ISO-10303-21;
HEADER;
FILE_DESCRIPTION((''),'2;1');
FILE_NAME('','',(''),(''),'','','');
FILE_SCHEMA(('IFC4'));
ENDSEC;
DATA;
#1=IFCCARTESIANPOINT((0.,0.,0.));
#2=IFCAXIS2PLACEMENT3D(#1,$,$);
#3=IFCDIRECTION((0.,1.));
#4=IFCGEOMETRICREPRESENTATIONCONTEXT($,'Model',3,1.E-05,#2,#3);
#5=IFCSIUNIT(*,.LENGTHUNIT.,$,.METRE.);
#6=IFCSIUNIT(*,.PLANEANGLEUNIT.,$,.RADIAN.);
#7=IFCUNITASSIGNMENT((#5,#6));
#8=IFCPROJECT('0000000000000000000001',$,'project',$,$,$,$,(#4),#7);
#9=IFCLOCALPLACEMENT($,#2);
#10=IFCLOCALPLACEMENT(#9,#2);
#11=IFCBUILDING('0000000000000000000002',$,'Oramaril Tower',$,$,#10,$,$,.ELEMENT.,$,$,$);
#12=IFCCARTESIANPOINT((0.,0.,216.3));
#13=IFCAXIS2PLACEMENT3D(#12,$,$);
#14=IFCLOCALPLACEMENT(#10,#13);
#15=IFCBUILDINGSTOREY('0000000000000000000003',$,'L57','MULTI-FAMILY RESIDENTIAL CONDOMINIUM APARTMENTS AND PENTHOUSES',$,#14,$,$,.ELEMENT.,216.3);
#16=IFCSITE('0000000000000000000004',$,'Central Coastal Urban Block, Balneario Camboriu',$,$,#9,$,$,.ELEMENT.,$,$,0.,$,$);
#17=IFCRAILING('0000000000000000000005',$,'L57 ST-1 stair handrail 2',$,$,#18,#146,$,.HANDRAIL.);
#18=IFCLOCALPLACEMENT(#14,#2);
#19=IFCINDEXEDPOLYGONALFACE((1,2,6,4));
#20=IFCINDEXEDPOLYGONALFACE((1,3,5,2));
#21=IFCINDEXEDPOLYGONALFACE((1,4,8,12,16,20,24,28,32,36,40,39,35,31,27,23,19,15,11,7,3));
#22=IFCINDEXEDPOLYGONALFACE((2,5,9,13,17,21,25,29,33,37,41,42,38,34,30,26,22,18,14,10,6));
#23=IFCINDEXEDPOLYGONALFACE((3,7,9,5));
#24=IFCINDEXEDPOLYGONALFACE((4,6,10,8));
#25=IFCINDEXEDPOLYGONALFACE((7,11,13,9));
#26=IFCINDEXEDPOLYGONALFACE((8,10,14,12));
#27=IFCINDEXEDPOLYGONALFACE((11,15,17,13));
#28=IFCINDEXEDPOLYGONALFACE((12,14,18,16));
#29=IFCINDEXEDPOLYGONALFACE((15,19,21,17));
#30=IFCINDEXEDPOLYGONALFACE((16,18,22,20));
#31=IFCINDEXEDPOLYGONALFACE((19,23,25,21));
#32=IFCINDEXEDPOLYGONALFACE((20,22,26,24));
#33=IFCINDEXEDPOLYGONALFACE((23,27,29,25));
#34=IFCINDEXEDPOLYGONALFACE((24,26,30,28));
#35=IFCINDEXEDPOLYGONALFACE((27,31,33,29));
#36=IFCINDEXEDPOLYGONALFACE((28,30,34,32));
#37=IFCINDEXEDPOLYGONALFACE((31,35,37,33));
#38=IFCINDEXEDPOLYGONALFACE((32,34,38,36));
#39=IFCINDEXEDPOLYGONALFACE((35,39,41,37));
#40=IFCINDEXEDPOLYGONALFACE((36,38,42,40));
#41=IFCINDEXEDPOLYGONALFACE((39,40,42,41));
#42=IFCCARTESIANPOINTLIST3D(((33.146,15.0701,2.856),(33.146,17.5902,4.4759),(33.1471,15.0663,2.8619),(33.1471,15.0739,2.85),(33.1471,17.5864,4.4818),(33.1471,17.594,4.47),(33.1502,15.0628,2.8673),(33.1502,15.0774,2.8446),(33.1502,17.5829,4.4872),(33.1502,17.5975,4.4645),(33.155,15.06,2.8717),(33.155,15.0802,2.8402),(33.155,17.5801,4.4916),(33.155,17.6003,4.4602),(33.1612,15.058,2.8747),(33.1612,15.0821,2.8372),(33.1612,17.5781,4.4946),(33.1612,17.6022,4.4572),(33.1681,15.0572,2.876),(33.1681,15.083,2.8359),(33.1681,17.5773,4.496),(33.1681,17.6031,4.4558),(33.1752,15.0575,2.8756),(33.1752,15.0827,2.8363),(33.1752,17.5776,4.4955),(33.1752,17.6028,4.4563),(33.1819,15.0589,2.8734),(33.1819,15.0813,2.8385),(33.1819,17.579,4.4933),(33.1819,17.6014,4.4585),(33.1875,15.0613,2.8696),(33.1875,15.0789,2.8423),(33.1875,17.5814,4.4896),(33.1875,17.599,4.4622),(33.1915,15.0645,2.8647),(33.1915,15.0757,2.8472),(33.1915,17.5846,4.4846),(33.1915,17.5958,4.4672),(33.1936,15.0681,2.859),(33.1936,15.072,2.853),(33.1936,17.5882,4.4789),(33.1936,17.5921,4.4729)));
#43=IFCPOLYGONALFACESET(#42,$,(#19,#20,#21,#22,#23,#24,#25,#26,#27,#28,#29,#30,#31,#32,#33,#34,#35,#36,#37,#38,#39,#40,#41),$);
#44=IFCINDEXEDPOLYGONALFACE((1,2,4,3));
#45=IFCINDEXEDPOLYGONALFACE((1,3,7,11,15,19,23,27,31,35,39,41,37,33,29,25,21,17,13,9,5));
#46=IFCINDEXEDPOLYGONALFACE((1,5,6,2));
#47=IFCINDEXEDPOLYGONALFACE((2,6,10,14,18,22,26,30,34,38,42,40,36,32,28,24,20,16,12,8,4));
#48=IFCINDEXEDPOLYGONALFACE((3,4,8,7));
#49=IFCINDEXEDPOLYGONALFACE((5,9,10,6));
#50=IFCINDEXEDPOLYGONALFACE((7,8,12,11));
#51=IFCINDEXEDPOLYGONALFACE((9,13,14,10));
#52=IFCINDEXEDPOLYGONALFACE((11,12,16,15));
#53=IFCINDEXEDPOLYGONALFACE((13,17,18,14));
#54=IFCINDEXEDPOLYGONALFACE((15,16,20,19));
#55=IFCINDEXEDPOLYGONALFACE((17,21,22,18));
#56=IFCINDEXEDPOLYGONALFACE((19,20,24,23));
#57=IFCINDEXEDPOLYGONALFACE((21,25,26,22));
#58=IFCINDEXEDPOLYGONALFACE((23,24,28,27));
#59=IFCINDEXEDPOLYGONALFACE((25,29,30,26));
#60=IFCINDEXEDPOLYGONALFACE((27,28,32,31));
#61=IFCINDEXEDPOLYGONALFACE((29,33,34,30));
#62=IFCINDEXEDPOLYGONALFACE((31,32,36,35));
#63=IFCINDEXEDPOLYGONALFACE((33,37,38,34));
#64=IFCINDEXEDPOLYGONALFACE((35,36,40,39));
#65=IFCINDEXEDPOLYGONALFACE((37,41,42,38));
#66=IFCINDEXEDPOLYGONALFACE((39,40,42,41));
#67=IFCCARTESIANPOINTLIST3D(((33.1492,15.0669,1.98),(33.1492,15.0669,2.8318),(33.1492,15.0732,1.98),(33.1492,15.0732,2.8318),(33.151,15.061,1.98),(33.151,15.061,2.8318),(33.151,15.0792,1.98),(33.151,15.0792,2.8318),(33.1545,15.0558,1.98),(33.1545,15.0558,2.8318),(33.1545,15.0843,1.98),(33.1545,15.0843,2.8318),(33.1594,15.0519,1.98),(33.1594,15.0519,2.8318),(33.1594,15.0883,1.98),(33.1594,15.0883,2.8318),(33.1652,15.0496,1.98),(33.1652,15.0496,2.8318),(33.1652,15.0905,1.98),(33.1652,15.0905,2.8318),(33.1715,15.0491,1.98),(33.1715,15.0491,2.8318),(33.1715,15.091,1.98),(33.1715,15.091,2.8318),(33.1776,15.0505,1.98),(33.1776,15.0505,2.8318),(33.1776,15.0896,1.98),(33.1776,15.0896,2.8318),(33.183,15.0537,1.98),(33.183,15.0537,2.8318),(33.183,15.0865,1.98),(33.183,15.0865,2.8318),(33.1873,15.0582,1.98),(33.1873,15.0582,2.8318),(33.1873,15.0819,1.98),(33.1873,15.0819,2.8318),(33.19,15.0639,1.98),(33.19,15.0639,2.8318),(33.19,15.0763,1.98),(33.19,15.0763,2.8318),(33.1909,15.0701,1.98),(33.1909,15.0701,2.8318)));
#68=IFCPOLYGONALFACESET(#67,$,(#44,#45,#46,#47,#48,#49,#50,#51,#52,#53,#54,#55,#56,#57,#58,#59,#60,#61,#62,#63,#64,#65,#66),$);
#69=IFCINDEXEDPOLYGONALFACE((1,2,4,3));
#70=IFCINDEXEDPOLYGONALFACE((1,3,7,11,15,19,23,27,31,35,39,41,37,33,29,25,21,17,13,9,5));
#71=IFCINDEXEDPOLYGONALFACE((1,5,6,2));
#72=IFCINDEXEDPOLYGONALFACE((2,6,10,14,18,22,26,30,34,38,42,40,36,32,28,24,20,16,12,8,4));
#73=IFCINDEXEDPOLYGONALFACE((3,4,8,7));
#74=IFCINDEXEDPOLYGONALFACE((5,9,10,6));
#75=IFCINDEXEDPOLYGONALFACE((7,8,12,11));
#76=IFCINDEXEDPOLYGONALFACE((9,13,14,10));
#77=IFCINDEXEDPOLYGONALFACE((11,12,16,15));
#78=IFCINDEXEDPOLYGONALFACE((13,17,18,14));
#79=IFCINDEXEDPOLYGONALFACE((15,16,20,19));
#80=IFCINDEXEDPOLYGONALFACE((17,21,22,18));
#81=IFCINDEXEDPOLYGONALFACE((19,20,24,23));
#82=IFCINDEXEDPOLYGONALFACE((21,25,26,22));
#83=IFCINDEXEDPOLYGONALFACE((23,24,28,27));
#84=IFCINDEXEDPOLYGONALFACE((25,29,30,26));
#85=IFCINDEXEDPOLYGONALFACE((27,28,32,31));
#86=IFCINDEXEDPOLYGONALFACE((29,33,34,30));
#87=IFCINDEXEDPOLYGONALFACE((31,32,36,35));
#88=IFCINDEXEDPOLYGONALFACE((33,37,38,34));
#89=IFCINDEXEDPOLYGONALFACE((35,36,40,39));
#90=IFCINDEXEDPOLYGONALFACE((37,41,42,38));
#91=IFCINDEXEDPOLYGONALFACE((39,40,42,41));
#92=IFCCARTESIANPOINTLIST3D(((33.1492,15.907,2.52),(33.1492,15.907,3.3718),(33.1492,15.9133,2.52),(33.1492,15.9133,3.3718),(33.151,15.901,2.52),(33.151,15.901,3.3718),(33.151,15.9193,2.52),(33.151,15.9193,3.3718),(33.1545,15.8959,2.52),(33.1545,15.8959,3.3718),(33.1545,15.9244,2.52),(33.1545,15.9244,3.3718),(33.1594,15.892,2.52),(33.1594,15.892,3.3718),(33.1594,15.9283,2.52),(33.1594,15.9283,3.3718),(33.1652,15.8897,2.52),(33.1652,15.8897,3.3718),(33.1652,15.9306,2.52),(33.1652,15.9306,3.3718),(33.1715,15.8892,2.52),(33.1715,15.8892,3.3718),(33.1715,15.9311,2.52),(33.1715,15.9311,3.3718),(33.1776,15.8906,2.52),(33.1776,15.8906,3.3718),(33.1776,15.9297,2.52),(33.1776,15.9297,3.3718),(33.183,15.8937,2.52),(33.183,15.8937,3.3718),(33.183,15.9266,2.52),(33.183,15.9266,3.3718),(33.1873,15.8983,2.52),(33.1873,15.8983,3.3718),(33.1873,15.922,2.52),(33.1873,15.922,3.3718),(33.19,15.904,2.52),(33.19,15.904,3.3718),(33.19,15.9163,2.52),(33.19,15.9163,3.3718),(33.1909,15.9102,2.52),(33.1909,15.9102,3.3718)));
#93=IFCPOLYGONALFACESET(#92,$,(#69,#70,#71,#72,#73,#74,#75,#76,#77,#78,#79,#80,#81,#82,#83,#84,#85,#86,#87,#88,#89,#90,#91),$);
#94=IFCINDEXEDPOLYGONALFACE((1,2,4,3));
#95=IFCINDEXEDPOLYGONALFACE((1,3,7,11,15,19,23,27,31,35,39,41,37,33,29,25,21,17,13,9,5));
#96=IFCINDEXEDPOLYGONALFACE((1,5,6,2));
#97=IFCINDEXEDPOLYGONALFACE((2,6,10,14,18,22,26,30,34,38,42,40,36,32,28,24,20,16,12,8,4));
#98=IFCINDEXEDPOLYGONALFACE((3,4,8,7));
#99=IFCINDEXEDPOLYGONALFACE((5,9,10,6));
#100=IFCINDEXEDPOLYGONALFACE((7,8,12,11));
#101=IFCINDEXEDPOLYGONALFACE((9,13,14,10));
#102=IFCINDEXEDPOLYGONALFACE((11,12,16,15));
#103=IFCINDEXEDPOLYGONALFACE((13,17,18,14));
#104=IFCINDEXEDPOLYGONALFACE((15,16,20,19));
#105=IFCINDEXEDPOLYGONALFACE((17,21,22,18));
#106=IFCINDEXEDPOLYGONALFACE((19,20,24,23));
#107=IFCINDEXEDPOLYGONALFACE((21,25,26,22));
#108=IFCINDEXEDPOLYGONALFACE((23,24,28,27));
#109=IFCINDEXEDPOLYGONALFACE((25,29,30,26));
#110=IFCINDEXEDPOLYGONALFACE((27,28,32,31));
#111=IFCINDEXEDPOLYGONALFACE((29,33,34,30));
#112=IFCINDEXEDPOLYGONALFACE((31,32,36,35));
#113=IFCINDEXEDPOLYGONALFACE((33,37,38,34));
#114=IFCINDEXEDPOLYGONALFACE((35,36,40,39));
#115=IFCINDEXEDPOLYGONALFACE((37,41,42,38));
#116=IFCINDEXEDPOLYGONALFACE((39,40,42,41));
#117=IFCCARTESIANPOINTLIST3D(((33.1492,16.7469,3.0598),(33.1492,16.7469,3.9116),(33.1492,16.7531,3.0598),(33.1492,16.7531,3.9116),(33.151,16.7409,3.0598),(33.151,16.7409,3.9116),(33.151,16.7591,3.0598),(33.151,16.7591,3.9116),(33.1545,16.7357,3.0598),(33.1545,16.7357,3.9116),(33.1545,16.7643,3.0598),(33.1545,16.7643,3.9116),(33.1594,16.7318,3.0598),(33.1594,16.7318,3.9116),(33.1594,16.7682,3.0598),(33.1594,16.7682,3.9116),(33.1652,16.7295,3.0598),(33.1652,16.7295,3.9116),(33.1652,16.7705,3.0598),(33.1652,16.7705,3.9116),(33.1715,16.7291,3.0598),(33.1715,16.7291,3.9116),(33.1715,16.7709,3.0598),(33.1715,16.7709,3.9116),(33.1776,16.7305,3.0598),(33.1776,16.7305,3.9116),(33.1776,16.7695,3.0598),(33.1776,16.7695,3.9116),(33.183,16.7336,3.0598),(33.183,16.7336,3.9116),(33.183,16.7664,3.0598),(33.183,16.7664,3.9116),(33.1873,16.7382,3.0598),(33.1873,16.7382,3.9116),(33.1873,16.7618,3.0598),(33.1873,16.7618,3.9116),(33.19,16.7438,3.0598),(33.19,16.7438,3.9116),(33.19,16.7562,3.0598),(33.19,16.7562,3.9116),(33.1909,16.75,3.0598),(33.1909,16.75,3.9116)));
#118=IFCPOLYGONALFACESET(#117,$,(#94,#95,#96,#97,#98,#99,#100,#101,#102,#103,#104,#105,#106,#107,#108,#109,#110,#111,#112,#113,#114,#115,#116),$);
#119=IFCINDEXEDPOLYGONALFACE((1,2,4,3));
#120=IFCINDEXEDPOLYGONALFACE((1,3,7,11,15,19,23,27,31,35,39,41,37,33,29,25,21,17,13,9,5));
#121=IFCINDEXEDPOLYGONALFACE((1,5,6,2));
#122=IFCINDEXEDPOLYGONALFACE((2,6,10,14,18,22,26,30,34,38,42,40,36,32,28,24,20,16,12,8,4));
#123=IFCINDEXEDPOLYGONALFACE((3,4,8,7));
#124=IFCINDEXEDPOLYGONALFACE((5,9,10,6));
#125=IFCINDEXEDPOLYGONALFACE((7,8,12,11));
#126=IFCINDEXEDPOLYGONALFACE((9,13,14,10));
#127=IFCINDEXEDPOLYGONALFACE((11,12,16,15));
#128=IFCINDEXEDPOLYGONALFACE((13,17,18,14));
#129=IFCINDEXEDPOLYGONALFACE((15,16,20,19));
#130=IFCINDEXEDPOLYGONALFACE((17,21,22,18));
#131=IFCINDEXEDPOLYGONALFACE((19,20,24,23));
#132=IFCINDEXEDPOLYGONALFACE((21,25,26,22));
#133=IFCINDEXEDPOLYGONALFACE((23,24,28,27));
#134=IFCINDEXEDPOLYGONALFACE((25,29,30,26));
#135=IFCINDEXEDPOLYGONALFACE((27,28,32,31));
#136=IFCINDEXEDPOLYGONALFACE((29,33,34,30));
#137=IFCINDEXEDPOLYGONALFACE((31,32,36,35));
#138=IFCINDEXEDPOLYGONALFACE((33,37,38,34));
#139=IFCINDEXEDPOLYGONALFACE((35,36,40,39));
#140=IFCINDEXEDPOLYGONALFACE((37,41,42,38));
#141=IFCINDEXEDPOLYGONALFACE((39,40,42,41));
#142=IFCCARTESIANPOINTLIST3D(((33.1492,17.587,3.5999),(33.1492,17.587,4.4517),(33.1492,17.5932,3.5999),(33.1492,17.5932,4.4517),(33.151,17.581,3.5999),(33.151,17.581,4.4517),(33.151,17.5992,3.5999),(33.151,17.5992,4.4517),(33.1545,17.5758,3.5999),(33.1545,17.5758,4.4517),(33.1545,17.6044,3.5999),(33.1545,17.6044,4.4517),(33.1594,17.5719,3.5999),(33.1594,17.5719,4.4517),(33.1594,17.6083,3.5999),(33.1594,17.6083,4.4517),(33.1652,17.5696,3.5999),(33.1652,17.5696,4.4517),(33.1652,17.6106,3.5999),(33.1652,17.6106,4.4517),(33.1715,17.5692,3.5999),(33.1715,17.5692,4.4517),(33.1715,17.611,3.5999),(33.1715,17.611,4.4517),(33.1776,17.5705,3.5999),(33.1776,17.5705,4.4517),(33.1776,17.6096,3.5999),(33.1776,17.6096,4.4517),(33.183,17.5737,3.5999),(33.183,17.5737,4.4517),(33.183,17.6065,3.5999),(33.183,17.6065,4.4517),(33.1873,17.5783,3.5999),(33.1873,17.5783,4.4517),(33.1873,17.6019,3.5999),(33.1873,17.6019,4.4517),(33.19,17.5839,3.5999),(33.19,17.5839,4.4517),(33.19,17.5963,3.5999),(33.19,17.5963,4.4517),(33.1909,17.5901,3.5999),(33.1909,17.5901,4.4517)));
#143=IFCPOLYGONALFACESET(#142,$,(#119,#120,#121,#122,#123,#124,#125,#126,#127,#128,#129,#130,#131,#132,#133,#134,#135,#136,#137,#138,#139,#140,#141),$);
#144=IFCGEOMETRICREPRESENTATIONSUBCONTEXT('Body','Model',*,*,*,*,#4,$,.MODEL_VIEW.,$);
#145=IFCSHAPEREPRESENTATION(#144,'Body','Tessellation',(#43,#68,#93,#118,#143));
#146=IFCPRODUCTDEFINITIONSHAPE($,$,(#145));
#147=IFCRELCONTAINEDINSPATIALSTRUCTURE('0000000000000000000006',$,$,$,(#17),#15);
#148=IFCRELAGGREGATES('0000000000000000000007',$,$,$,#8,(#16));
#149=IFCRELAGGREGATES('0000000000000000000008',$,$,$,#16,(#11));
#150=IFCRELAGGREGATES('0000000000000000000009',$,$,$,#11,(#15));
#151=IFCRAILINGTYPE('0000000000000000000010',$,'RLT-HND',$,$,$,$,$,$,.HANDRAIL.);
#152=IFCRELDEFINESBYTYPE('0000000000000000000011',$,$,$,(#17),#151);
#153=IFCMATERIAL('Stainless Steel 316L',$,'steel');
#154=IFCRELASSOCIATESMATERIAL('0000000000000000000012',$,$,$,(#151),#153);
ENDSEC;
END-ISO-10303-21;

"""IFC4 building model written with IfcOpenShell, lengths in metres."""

from ifc_helpers import new_model, si_unit, direction, frame, origin, origin_2d, place, context, subcontext, project, spatial, circle, extrude, material, type_object, element, save


model = new_model("IFC4")

# Units and contexts
model_context = context("Model", 3, precision=1e-05, world=origin(), true_north=direction((0.0, 1.0)))
body_context = subcontext(model_context, "Body", "Model", "MODEL_VIEW")
ifc_project = project(units=[si_unit("LENGTHUNIT", "METRE"), si_unit("PLANEANGLEUNIT", "RADIAN")], contexts=[model_context])

# Site, building, storey
site_placement = place(None, origin())
site = spatial("IfcSite", under=ifc_project, at=site_placement, Name="Central Coastal Urban Block, Balneario Camboriu", CompositionType="ELEMENT", RefElevation=0.0)
building_placement = place(site_placement, origin())
building = spatial("IfcBuilding", under=site, at=building_placement, Name="Oramaril Tower", CompositionType="ELEMENT")
storey_placement = place(building_placement, frame((0.0, 0.0, 216.3)))
storey = spatial("IfcBuildingStorey", under=building, at=storey_placement, Name="L57", Description="MULTI-FAMILY RESIDENTIAL CONDOMINIUM APARTMENTS AND PENTHOUSES", CompositionType="ELEMENT", Elevation=216.3)

# Railing
ifc_material_1 = material(Name="Stainless Steel 316L", Category="steel")
railing_type_1 = type_object("IfcRailingType", Name="RLT-HND", PredefinedType="HANDRAIL", material=ifc_material_1)
for number, where, name in (
    (1, (33.1699, 15.0701, 1.98), "L57 ST-1 stair handrail 2"),
):
    element("IfcRailing", number, at=place(storey_placement, frame(where)), inside=storey, type_object=railing_type_1, Name=name, PredefinedType="HANDRAIL", context=body_context, shape_type="SweptSolid", body=[
        extrude(circle(Radius=0.0239, at=origin_2d()), frame((0.0, 0.0, 0.876), z_axis=(0.0, 0.8412, 0.540725), x_axis=(-1.0, 0.0, 0.0)), (0.0, 0.0, 1.0), 2.9958),
        extrude(circle(Radius=0.021, at=origin_2d()), origin(), (0.0, 0.0, 1.0), 0.8518),
        extrude(circle(Radius=0.021, at=origin_2d()), frame((0.0, 0.8401, 0.54)), (0.0, 0.0, 1.0), 0.8518),
        extrude(circle(Radius=0.021, at=origin_2d()), frame((0.0, 1.6799, 1.0798)), (0.0, 0.0, 1.0), 0.8518),
        extrude(circle(Radius=0.021, at=origin_2d()), frame((0.0, 2.52, 1.6199)), (0.0, 0.0, 1.0), 0.8518),
    ])

save(model, "model.ifc")
